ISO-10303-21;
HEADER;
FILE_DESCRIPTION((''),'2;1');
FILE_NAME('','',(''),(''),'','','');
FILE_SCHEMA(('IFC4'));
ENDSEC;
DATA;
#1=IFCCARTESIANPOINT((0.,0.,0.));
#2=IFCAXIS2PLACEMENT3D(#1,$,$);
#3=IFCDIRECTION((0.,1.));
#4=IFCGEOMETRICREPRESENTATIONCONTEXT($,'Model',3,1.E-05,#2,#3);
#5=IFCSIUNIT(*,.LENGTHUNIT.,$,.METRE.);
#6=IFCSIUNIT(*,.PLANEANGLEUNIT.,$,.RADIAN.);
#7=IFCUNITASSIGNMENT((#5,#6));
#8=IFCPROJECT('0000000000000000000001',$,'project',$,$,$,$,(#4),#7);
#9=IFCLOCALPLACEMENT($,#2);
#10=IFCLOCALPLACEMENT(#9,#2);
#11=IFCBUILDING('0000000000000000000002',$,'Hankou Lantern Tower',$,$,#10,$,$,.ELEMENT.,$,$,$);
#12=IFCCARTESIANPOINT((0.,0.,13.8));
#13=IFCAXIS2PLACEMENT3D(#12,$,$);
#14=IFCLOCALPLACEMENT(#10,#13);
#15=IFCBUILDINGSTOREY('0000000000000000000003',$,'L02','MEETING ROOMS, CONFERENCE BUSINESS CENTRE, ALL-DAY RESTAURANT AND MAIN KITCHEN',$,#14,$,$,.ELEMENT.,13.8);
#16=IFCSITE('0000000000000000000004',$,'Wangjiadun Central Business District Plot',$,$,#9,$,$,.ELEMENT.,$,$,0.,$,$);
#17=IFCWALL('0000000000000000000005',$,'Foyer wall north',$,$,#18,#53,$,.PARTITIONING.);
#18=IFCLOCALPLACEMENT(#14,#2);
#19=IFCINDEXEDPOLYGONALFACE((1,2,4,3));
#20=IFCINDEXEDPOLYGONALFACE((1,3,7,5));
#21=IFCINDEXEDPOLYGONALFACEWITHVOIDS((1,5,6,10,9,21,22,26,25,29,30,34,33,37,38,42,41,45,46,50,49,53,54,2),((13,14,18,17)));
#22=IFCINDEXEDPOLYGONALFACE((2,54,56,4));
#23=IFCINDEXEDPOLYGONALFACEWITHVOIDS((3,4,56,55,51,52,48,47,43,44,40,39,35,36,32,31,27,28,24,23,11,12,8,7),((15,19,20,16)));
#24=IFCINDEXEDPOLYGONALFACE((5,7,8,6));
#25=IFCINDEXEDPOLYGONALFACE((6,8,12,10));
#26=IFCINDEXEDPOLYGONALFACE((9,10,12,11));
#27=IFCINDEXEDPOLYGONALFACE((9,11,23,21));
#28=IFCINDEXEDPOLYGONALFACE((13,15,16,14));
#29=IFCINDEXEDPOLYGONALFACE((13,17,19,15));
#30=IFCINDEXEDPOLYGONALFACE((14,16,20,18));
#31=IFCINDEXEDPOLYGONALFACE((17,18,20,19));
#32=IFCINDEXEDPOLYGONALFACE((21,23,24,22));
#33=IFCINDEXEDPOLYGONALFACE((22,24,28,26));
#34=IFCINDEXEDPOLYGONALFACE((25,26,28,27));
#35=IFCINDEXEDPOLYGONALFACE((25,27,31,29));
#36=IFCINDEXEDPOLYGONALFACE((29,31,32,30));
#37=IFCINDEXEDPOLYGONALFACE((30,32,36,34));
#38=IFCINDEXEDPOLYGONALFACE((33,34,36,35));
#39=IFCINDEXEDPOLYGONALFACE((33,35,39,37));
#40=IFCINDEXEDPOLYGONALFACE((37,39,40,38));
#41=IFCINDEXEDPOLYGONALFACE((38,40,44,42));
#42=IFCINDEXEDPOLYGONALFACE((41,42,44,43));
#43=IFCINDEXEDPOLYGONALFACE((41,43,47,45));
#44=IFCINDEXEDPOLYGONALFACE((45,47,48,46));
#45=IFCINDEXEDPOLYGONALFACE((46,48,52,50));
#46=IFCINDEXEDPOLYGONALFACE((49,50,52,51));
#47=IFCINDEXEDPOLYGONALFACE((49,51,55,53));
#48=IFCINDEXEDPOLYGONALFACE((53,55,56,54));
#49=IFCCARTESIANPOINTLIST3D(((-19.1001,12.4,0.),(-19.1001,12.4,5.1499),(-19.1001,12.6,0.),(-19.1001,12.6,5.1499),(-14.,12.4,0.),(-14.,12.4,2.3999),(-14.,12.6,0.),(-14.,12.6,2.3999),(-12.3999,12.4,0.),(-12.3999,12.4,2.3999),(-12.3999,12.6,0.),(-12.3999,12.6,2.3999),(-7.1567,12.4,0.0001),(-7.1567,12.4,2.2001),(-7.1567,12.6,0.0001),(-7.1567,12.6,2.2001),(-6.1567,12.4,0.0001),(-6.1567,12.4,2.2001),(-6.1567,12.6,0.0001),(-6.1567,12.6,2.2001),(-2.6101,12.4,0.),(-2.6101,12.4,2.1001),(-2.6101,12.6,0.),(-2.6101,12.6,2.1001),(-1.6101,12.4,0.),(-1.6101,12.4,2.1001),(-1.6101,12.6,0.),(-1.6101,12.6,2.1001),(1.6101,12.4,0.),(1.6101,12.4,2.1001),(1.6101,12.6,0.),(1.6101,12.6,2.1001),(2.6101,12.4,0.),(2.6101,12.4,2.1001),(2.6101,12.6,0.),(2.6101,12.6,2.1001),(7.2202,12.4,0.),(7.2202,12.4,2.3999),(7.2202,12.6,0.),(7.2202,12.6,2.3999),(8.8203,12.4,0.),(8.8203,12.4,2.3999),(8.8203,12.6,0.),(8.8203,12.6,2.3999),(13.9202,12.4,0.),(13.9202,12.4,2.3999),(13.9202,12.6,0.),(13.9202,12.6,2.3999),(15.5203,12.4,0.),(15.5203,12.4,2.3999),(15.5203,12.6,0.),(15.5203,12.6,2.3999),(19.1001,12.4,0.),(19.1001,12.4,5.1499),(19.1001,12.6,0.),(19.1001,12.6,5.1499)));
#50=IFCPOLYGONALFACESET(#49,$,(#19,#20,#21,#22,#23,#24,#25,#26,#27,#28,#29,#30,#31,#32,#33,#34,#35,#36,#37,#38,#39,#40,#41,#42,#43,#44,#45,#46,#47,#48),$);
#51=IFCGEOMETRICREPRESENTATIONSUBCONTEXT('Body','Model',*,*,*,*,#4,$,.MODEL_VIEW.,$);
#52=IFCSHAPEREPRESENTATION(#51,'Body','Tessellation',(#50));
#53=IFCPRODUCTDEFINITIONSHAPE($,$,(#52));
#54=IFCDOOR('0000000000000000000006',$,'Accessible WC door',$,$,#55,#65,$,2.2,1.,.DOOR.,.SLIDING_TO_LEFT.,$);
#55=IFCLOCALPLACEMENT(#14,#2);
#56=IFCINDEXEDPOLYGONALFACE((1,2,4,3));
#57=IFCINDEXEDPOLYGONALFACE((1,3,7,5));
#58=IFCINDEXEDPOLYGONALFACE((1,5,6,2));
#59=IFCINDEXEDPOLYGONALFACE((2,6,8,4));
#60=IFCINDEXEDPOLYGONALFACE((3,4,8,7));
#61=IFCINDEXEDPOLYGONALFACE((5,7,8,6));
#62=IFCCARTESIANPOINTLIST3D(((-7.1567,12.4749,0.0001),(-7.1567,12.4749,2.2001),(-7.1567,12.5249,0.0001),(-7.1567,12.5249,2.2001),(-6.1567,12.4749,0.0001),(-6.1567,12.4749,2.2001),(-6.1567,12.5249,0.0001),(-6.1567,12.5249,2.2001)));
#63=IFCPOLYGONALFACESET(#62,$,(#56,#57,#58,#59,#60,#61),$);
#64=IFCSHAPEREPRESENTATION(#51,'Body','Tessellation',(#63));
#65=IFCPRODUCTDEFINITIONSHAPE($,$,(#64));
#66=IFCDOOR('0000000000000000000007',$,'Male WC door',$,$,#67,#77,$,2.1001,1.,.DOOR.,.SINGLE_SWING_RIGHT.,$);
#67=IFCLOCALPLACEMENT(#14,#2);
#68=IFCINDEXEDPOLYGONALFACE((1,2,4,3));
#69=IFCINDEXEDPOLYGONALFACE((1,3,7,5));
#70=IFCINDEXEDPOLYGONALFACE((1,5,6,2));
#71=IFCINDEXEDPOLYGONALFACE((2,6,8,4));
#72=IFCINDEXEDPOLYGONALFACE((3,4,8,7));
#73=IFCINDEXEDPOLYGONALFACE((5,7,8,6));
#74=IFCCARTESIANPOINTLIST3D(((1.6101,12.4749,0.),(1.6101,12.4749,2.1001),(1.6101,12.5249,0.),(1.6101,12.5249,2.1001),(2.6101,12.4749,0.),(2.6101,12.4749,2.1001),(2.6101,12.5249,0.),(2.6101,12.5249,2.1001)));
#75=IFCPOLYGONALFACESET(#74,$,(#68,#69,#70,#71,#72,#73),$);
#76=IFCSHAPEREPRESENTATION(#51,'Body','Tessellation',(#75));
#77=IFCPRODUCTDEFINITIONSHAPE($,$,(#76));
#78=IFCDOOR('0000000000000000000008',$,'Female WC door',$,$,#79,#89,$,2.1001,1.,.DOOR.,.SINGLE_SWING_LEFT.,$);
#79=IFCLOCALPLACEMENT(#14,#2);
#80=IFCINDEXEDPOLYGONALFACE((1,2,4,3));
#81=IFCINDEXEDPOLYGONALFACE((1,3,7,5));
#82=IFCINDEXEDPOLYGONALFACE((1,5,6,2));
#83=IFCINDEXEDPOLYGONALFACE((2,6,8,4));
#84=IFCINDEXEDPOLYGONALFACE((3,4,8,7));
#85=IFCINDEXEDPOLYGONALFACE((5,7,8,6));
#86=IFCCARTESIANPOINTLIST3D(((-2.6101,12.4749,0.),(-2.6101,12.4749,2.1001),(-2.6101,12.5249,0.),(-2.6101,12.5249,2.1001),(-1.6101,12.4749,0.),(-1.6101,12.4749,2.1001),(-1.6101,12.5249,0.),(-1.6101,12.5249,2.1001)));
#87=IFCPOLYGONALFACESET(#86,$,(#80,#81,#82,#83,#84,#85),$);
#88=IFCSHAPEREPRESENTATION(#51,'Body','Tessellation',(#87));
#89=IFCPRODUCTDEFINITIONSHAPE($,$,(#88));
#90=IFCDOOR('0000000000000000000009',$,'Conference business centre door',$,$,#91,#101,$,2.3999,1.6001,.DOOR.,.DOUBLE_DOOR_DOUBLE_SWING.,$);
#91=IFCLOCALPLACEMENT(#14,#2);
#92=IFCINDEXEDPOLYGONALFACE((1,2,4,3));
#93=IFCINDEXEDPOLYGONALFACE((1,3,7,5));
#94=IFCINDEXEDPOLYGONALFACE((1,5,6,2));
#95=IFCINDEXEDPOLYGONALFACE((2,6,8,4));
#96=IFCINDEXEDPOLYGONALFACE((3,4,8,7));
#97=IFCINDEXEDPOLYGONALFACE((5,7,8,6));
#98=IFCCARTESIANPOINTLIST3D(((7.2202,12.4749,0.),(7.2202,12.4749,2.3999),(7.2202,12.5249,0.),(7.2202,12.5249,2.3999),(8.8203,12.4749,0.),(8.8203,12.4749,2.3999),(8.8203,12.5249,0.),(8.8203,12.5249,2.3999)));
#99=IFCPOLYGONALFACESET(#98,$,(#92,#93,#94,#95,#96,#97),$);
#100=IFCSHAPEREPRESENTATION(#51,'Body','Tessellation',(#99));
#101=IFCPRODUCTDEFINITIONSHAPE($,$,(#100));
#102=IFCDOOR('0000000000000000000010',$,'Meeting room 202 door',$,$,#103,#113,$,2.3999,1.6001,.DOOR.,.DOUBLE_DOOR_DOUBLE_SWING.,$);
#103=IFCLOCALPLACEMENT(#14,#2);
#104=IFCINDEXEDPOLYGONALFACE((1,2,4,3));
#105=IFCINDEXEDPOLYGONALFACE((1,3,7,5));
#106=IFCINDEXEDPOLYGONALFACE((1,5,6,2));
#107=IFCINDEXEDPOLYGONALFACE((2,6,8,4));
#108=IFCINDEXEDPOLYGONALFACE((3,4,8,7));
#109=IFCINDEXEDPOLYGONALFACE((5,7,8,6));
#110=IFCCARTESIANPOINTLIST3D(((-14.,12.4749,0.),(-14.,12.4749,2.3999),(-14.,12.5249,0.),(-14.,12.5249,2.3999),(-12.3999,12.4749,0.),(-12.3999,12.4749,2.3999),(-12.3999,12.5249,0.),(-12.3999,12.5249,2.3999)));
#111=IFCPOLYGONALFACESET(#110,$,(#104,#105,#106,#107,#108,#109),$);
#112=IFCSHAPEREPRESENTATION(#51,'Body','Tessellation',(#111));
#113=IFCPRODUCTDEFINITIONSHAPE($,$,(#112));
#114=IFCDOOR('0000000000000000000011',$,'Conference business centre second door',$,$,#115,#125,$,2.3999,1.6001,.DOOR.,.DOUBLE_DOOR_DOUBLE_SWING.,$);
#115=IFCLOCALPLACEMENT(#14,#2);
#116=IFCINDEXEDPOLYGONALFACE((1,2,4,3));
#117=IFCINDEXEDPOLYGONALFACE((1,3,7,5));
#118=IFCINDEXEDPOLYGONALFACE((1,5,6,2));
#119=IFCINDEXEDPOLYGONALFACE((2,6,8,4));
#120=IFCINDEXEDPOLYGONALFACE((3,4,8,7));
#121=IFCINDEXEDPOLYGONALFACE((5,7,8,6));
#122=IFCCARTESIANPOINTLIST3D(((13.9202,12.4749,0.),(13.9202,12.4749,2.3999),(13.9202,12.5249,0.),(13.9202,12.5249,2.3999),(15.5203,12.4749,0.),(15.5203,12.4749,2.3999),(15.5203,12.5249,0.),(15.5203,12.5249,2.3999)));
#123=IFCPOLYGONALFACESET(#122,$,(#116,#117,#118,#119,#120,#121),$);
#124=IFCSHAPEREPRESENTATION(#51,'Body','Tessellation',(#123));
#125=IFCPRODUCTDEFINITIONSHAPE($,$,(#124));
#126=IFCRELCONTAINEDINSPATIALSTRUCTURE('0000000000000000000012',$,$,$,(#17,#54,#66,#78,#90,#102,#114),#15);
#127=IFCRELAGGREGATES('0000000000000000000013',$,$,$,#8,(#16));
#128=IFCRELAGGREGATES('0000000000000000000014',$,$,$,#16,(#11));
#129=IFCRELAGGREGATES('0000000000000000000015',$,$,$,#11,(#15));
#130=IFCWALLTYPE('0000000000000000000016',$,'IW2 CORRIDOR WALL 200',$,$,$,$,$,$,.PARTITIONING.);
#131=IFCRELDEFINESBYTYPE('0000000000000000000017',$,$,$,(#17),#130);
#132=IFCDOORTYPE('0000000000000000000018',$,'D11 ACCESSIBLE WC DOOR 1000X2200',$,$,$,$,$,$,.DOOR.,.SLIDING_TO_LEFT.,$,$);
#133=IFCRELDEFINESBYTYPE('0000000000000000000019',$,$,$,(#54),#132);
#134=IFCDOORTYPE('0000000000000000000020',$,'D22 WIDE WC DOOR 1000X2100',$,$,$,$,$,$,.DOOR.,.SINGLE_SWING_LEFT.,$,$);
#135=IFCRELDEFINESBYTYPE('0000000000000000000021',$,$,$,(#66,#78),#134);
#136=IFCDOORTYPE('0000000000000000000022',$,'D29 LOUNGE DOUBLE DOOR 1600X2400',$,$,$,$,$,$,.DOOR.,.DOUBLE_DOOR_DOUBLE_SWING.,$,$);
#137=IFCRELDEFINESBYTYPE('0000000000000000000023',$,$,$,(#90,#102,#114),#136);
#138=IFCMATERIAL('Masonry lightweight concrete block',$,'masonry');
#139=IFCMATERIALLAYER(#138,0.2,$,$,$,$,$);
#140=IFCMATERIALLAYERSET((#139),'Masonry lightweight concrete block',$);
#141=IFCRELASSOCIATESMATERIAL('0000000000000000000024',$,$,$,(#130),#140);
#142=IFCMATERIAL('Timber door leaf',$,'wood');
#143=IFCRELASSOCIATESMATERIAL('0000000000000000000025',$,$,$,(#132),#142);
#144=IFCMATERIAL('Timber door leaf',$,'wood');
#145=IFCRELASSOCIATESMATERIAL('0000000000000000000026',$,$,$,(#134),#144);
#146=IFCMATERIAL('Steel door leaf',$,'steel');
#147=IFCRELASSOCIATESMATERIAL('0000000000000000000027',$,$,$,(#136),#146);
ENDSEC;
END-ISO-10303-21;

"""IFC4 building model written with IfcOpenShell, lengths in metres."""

from ifc_helpers import new_model, si_unit, direction, frame, frame_2d, origin, place, context, subcontext, project, spatial, rectangle, extrude, material, layer, layer_set, type_object, element, fill, save


model = new_model("IFC4")

# Units and contexts
model_context = context("Model", 3, precision=1e-05, world=origin(), true_north=direction((0.0, 1.0)))
body_context = subcontext(model_context, "Body", "Model", "MODEL_VIEW")
ifc_project = project(units=[si_unit("LENGTHUNIT", "METRE"), si_unit("PLANEANGLEUNIT", "RADIAN")], contexts=[model_context])

# Site, building, storey
site_placement = place(None, origin())
site = spatial("IfcSite", under=ifc_project, at=site_placement, Name="Wangjiadun Central Business District Plot", CompositionType="ELEMENT", RefElevation=0.0)
building_placement = place(site_placement, origin())
building = spatial("IfcBuilding", under=site, at=building_placement, Name="Hankou Lantern Tower", CompositionType="ELEMENT")
storey_placement = place(building_placement, frame((0.0, 0.0, 13.8)))
storey = spatial("IfcBuildingStorey", under=building, at=storey_placement, Name="L02", Description="MEETING ROOMS, CONFERENCE BUSINESS CENTRE, ALL-DAY RESTAURANT AND MAIN KITCHEN", CompositionType="ELEMENT", Elevation=13.8)

# Wall, openings, doors
ifc_material_1 = material(Name="Masonry lightweight concrete block", Category="masonry")
ifc_layer_1 = layer(ifc_material_1, 0.2)
ifc_layer_set_1 = layer_set([ifc_layer_1], Name="Masonry lightweight concrete block")
wall_type = type_object("IfcWallType", Name="IW2 CORRIDOR WALL 200", PredefinedType="PARTITIONING", material=ifc_layer_set_1)
wall_placement = place(storey_placement, frame((-19.1001, 12.5, 0.0), z_axis=(0.0, 0.0, 1.0), x_axis=(1.0, 0.0, 0.0)))
wall = element("IfcWall", 1, at=wall_placement, inside=storey, type_object=wall_type, Name="Foyer wall north", PredefinedType="PARTITIONING", context=body_context, shape_type="SweptSolid", body=[
    extrude(rectangle(XDim=38.2002, YDim=0.2, at=frame_2d((19.1001, 0.0))), origin(), (0.0, 0.0, 1.0), 5.1499),
])
opening_1_placement = place(wall_placement, frame((26.3203, 0.0, 0.0)))
opening_1 = element("IfcOpeningElement", 2, at=opening_1_placement, cuts=wall, PredefinedType="OPENING", context=body_context, shape_type="SweptSolid", body=[
    extrude(rectangle(XDim=1.6001, YDim=2.3999, at=frame_2d((0.8, 1.2))), frame((0.0, 0.1099, 0.0), z_axis=(0.0, -1.0, 0.0), x_axis=(1.0, 0.0, 0.0)), (0.0, 0.0, 1.0), 0.22),
])
opening_2_placement = place(wall_placement, frame((20.7102, 0.0, 0.0)))
opening_2 = element("IfcOpeningElement", 3, at=opening_2_placement, cuts=wall, PredefinedType="OPENING", context=body_context, shape_type="SweptSolid", body=[
    extrude(rectangle(XDim=1.0, YDim=2.1001, at=frame_2d((0.5, 1.05))), frame((0.0, 0.1099, 0.0), z_axis=(0.0, -1.0, 0.0), x_axis=(1.0, 0.0, 0.0)), (0.0, 0.0, 1.0), 0.22),
])
opening_3_placement = place(wall_placement, frame((16.49, 0.0, 0.0)))
opening_3 = element("IfcOpeningElement", 4, at=opening_3_placement, cuts=wall, PredefinedType="OPENING", context=body_context, shape_type="SweptSolid", body=[
    extrude(rectangle(XDim=1.0, YDim=2.1001, at=frame_2d((0.5, 1.05))), frame((0.0, 0.1099, 0.0), z_axis=(0.0, -1.0, 0.0), x_axis=(1.0, 0.0, 0.0)), (0.0, 0.0, 1.0), 0.22),
])
opening_4_placement = place(wall_placement, frame((11.9434, 0.0, 0.0)))
opening_4 = element("IfcOpeningElement", 5, at=opening_4_placement, cuts=wall, PredefinedType="OPENING", context=body_context, shape_type="SweptSolid", body=[
    extrude(rectangle(XDim=1.0, YDim=2.2, at=frame_2d((0.5, 1.1001))), frame((0.0, 0.1099, 0.0), z_axis=(0.0, -1.0, 0.0), x_axis=(1.0, 0.0, 0.0)), (0.0, 0.0, 1.0), 0.22),
])
opening_5_placement = place(wall_placement, frame((5.1001, 0.0, 0.0)))
opening_5 = element("IfcOpeningElement", 6, at=opening_5_placement, cuts=wall, PredefinedType="OPENING", context=body_context, shape_type="SweptSolid", body=[
    extrude(rectangle(XDim=1.6001, YDim=2.3999, at=frame_2d((0.8, 1.2))), frame((0.0, 0.1099, 0.0), z_axis=(0.0, -1.0, 0.0), x_axis=(1.0, 0.0, 0.0)), (0.0, 0.0, 1.0), 0.22),
])
opening_6_placement = place(wall_placement, frame((33.0203, 0.0, 0.0)))
opening_6 = element("IfcOpeningElement", 7, at=opening_6_placement, cuts=wall, PredefinedType="OPENING", context=body_context, shape_type="SweptSolid", body=[
    extrude(rectangle(XDim=1.6001, YDim=2.3999, at=frame_2d((0.8, 1.2))), frame((0.0, 0.1099, 0.0), z_axis=(0.0, -1.0, 0.0), x_axis=(1.0, 0.0, 0.0)), (0.0, 0.0, 1.0), 0.22),
])
ifc_material_2 = material(Name="Timber door leaf", Category="wood")
door_type_1 = type_object("IfcDoorType", Name="D11 ACCESSIBLE WC DOOR 1000X2200", OperationType="SLIDING_TO_LEFT", PredefinedType="DOOR", material=ifc_material_2)
door_1_placement = place(opening_4_placement, origin())
door_1 = element("IfcDoor", 8, at=door_1_placement, inside=storey, type_object=door_type_1, Name="Accessible WC door", OperationType="SLIDING_TO_LEFT", OverallHeight=2.2, OverallWidth=1.0, PredefinedType="DOOR", context=body_context, shape_type="SweptSolid", body=[
    extrude(rectangle(XDim=1.0, YDim=2.2, at=frame_2d((0.5, 1.1001))), frame((0.0, 0.0249, 0.0), z_axis=(0.0, -1.0, 0.0), x_axis=(1.0, 0.0, 0.0)), (0.0, 0.0, 1.0), 0.05),
])
fill(opening_4, door_1)
ifc_material_3 = material(Name="Timber door leaf", Category="wood")
door_type_2 = type_object("IfcDoorType", Name="D22 WIDE WC DOOR 1000X2100", OperationType="SINGLE_SWING_LEFT", PredefinedType="DOOR", material=ifc_material_3)
door_2_placement = place(opening_2_placement, origin())
door_2 = element("IfcDoor", 9, at=door_2_placement, inside=storey, type_object=door_type_2, Name="Male WC door", OperationType="SINGLE_SWING_RIGHT", OverallHeight=2.1001, OverallWidth=1.0, PredefinedType="DOOR", context=body_context, shape_type="SweptSolid", body=[
    extrude(rectangle(XDim=1.0, YDim=2.1001, at=frame_2d((0.5, 1.05))), frame((0.0, 0.0249, 0.0), z_axis=(0.0, -1.0, 0.0), x_axis=(1.0, 0.0, 0.0)), (0.0, 0.0, 1.0), 0.05),
])
fill(opening_2, door_2)
door_3_placement = place(opening_3_placement, origin())
door_3 = element("IfcDoor", 10, at=door_3_placement, inside=storey, type_object=door_type_2, Name="Female WC door", OperationType="SINGLE_SWING_LEFT", OverallHeight=2.1001, OverallWidth=1.0, PredefinedType="DOOR", context=body_context, shape_type="SweptSolid", body=[
    extrude(rectangle(XDim=1.0, YDim=2.1001, at=frame_2d((0.5, 1.05))), frame((0.0, 0.0249, 0.0), z_axis=(0.0, -1.0, 0.0), x_axis=(1.0, 0.0, 0.0)), (0.0, 0.0, 1.0), 0.05),
])
fill(opening_3, door_3)
ifc_material_4 = material(Name="Steel door leaf", Category="steel")
door_type_3 = type_object("IfcDoorType", Name="D29 LOUNGE DOUBLE DOOR 1600X2400", OperationType="DOUBLE_DOOR_DOUBLE_SWING", PredefinedType="DOOR", material=ifc_material_4)
door_4_placement = place(opening_1_placement, origin())
door_4 = element("IfcDoor", 11, at=door_4_placement, inside=storey, type_object=door_type_3, Name="Conference business centre door", OperationType="DOUBLE_DOOR_DOUBLE_SWING", OverallHeight=2.3999, OverallWidth=1.6001, PredefinedType="DOOR", context=body_context, shape_type="SweptSolid", body=[
    extrude(rectangle(XDim=1.6001, YDim=2.3999, at=frame_2d((0.8, 1.2))), frame((0.0, 0.0249, 0.0), z_axis=(0.0, -1.0, 0.0), x_axis=(1.0, 0.0, 0.0)), (0.0, 0.0, 1.0), 0.05),
])
fill(opening_1, door_4)
door_5_placement = place(opening_5_placement, origin())
door_5 = element("IfcDoor", 12, at=door_5_placement, inside=storey, type_object=door_type_3, Name="Meeting room 202 door", OperationType="DOUBLE_DOOR_DOUBLE_SWING", OverallHeight=2.3999, OverallWidth=1.6001, PredefinedType="DOOR", context=body_context, shape_type="SweptSolid", body=[
    extrude(rectangle(XDim=1.6001, YDim=2.3999, at=frame_2d((0.8, 1.2))), frame((0.0, 0.0249, 0.0), z_axis=(0.0, -1.0, 0.0), x_axis=(1.0, 0.0, 0.0)), (0.0, 0.0, 1.0), 0.05),
])
fill(opening_5, door_5)
door_6_placement = place(opening_6_placement, origin())
door_6 = element("IfcDoor", 13, at=door_6_placement, inside=storey, type_object=door_type_3, Name="Conference business centre second door", OperationType="DOUBLE_DOOR_DOUBLE_SWING", OverallHeight=2.3999, OverallWidth=1.6001, PredefinedType="DOOR", context=body_context, shape_type="SweptSolid", body=[
    extrude(rectangle(XDim=1.6001, YDim=2.3999, at=frame_2d((0.8, 1.2))), frame((0.0, 0.0249, 0.0), z_axis=(0.0, -1.0, 0.0), x_axis=(1.0, 0.0, 0.0)), (0.0, 0.0, 1.0), 0.05),
])
fill(opening_6, door_6)

save(model, "model.ifc")
